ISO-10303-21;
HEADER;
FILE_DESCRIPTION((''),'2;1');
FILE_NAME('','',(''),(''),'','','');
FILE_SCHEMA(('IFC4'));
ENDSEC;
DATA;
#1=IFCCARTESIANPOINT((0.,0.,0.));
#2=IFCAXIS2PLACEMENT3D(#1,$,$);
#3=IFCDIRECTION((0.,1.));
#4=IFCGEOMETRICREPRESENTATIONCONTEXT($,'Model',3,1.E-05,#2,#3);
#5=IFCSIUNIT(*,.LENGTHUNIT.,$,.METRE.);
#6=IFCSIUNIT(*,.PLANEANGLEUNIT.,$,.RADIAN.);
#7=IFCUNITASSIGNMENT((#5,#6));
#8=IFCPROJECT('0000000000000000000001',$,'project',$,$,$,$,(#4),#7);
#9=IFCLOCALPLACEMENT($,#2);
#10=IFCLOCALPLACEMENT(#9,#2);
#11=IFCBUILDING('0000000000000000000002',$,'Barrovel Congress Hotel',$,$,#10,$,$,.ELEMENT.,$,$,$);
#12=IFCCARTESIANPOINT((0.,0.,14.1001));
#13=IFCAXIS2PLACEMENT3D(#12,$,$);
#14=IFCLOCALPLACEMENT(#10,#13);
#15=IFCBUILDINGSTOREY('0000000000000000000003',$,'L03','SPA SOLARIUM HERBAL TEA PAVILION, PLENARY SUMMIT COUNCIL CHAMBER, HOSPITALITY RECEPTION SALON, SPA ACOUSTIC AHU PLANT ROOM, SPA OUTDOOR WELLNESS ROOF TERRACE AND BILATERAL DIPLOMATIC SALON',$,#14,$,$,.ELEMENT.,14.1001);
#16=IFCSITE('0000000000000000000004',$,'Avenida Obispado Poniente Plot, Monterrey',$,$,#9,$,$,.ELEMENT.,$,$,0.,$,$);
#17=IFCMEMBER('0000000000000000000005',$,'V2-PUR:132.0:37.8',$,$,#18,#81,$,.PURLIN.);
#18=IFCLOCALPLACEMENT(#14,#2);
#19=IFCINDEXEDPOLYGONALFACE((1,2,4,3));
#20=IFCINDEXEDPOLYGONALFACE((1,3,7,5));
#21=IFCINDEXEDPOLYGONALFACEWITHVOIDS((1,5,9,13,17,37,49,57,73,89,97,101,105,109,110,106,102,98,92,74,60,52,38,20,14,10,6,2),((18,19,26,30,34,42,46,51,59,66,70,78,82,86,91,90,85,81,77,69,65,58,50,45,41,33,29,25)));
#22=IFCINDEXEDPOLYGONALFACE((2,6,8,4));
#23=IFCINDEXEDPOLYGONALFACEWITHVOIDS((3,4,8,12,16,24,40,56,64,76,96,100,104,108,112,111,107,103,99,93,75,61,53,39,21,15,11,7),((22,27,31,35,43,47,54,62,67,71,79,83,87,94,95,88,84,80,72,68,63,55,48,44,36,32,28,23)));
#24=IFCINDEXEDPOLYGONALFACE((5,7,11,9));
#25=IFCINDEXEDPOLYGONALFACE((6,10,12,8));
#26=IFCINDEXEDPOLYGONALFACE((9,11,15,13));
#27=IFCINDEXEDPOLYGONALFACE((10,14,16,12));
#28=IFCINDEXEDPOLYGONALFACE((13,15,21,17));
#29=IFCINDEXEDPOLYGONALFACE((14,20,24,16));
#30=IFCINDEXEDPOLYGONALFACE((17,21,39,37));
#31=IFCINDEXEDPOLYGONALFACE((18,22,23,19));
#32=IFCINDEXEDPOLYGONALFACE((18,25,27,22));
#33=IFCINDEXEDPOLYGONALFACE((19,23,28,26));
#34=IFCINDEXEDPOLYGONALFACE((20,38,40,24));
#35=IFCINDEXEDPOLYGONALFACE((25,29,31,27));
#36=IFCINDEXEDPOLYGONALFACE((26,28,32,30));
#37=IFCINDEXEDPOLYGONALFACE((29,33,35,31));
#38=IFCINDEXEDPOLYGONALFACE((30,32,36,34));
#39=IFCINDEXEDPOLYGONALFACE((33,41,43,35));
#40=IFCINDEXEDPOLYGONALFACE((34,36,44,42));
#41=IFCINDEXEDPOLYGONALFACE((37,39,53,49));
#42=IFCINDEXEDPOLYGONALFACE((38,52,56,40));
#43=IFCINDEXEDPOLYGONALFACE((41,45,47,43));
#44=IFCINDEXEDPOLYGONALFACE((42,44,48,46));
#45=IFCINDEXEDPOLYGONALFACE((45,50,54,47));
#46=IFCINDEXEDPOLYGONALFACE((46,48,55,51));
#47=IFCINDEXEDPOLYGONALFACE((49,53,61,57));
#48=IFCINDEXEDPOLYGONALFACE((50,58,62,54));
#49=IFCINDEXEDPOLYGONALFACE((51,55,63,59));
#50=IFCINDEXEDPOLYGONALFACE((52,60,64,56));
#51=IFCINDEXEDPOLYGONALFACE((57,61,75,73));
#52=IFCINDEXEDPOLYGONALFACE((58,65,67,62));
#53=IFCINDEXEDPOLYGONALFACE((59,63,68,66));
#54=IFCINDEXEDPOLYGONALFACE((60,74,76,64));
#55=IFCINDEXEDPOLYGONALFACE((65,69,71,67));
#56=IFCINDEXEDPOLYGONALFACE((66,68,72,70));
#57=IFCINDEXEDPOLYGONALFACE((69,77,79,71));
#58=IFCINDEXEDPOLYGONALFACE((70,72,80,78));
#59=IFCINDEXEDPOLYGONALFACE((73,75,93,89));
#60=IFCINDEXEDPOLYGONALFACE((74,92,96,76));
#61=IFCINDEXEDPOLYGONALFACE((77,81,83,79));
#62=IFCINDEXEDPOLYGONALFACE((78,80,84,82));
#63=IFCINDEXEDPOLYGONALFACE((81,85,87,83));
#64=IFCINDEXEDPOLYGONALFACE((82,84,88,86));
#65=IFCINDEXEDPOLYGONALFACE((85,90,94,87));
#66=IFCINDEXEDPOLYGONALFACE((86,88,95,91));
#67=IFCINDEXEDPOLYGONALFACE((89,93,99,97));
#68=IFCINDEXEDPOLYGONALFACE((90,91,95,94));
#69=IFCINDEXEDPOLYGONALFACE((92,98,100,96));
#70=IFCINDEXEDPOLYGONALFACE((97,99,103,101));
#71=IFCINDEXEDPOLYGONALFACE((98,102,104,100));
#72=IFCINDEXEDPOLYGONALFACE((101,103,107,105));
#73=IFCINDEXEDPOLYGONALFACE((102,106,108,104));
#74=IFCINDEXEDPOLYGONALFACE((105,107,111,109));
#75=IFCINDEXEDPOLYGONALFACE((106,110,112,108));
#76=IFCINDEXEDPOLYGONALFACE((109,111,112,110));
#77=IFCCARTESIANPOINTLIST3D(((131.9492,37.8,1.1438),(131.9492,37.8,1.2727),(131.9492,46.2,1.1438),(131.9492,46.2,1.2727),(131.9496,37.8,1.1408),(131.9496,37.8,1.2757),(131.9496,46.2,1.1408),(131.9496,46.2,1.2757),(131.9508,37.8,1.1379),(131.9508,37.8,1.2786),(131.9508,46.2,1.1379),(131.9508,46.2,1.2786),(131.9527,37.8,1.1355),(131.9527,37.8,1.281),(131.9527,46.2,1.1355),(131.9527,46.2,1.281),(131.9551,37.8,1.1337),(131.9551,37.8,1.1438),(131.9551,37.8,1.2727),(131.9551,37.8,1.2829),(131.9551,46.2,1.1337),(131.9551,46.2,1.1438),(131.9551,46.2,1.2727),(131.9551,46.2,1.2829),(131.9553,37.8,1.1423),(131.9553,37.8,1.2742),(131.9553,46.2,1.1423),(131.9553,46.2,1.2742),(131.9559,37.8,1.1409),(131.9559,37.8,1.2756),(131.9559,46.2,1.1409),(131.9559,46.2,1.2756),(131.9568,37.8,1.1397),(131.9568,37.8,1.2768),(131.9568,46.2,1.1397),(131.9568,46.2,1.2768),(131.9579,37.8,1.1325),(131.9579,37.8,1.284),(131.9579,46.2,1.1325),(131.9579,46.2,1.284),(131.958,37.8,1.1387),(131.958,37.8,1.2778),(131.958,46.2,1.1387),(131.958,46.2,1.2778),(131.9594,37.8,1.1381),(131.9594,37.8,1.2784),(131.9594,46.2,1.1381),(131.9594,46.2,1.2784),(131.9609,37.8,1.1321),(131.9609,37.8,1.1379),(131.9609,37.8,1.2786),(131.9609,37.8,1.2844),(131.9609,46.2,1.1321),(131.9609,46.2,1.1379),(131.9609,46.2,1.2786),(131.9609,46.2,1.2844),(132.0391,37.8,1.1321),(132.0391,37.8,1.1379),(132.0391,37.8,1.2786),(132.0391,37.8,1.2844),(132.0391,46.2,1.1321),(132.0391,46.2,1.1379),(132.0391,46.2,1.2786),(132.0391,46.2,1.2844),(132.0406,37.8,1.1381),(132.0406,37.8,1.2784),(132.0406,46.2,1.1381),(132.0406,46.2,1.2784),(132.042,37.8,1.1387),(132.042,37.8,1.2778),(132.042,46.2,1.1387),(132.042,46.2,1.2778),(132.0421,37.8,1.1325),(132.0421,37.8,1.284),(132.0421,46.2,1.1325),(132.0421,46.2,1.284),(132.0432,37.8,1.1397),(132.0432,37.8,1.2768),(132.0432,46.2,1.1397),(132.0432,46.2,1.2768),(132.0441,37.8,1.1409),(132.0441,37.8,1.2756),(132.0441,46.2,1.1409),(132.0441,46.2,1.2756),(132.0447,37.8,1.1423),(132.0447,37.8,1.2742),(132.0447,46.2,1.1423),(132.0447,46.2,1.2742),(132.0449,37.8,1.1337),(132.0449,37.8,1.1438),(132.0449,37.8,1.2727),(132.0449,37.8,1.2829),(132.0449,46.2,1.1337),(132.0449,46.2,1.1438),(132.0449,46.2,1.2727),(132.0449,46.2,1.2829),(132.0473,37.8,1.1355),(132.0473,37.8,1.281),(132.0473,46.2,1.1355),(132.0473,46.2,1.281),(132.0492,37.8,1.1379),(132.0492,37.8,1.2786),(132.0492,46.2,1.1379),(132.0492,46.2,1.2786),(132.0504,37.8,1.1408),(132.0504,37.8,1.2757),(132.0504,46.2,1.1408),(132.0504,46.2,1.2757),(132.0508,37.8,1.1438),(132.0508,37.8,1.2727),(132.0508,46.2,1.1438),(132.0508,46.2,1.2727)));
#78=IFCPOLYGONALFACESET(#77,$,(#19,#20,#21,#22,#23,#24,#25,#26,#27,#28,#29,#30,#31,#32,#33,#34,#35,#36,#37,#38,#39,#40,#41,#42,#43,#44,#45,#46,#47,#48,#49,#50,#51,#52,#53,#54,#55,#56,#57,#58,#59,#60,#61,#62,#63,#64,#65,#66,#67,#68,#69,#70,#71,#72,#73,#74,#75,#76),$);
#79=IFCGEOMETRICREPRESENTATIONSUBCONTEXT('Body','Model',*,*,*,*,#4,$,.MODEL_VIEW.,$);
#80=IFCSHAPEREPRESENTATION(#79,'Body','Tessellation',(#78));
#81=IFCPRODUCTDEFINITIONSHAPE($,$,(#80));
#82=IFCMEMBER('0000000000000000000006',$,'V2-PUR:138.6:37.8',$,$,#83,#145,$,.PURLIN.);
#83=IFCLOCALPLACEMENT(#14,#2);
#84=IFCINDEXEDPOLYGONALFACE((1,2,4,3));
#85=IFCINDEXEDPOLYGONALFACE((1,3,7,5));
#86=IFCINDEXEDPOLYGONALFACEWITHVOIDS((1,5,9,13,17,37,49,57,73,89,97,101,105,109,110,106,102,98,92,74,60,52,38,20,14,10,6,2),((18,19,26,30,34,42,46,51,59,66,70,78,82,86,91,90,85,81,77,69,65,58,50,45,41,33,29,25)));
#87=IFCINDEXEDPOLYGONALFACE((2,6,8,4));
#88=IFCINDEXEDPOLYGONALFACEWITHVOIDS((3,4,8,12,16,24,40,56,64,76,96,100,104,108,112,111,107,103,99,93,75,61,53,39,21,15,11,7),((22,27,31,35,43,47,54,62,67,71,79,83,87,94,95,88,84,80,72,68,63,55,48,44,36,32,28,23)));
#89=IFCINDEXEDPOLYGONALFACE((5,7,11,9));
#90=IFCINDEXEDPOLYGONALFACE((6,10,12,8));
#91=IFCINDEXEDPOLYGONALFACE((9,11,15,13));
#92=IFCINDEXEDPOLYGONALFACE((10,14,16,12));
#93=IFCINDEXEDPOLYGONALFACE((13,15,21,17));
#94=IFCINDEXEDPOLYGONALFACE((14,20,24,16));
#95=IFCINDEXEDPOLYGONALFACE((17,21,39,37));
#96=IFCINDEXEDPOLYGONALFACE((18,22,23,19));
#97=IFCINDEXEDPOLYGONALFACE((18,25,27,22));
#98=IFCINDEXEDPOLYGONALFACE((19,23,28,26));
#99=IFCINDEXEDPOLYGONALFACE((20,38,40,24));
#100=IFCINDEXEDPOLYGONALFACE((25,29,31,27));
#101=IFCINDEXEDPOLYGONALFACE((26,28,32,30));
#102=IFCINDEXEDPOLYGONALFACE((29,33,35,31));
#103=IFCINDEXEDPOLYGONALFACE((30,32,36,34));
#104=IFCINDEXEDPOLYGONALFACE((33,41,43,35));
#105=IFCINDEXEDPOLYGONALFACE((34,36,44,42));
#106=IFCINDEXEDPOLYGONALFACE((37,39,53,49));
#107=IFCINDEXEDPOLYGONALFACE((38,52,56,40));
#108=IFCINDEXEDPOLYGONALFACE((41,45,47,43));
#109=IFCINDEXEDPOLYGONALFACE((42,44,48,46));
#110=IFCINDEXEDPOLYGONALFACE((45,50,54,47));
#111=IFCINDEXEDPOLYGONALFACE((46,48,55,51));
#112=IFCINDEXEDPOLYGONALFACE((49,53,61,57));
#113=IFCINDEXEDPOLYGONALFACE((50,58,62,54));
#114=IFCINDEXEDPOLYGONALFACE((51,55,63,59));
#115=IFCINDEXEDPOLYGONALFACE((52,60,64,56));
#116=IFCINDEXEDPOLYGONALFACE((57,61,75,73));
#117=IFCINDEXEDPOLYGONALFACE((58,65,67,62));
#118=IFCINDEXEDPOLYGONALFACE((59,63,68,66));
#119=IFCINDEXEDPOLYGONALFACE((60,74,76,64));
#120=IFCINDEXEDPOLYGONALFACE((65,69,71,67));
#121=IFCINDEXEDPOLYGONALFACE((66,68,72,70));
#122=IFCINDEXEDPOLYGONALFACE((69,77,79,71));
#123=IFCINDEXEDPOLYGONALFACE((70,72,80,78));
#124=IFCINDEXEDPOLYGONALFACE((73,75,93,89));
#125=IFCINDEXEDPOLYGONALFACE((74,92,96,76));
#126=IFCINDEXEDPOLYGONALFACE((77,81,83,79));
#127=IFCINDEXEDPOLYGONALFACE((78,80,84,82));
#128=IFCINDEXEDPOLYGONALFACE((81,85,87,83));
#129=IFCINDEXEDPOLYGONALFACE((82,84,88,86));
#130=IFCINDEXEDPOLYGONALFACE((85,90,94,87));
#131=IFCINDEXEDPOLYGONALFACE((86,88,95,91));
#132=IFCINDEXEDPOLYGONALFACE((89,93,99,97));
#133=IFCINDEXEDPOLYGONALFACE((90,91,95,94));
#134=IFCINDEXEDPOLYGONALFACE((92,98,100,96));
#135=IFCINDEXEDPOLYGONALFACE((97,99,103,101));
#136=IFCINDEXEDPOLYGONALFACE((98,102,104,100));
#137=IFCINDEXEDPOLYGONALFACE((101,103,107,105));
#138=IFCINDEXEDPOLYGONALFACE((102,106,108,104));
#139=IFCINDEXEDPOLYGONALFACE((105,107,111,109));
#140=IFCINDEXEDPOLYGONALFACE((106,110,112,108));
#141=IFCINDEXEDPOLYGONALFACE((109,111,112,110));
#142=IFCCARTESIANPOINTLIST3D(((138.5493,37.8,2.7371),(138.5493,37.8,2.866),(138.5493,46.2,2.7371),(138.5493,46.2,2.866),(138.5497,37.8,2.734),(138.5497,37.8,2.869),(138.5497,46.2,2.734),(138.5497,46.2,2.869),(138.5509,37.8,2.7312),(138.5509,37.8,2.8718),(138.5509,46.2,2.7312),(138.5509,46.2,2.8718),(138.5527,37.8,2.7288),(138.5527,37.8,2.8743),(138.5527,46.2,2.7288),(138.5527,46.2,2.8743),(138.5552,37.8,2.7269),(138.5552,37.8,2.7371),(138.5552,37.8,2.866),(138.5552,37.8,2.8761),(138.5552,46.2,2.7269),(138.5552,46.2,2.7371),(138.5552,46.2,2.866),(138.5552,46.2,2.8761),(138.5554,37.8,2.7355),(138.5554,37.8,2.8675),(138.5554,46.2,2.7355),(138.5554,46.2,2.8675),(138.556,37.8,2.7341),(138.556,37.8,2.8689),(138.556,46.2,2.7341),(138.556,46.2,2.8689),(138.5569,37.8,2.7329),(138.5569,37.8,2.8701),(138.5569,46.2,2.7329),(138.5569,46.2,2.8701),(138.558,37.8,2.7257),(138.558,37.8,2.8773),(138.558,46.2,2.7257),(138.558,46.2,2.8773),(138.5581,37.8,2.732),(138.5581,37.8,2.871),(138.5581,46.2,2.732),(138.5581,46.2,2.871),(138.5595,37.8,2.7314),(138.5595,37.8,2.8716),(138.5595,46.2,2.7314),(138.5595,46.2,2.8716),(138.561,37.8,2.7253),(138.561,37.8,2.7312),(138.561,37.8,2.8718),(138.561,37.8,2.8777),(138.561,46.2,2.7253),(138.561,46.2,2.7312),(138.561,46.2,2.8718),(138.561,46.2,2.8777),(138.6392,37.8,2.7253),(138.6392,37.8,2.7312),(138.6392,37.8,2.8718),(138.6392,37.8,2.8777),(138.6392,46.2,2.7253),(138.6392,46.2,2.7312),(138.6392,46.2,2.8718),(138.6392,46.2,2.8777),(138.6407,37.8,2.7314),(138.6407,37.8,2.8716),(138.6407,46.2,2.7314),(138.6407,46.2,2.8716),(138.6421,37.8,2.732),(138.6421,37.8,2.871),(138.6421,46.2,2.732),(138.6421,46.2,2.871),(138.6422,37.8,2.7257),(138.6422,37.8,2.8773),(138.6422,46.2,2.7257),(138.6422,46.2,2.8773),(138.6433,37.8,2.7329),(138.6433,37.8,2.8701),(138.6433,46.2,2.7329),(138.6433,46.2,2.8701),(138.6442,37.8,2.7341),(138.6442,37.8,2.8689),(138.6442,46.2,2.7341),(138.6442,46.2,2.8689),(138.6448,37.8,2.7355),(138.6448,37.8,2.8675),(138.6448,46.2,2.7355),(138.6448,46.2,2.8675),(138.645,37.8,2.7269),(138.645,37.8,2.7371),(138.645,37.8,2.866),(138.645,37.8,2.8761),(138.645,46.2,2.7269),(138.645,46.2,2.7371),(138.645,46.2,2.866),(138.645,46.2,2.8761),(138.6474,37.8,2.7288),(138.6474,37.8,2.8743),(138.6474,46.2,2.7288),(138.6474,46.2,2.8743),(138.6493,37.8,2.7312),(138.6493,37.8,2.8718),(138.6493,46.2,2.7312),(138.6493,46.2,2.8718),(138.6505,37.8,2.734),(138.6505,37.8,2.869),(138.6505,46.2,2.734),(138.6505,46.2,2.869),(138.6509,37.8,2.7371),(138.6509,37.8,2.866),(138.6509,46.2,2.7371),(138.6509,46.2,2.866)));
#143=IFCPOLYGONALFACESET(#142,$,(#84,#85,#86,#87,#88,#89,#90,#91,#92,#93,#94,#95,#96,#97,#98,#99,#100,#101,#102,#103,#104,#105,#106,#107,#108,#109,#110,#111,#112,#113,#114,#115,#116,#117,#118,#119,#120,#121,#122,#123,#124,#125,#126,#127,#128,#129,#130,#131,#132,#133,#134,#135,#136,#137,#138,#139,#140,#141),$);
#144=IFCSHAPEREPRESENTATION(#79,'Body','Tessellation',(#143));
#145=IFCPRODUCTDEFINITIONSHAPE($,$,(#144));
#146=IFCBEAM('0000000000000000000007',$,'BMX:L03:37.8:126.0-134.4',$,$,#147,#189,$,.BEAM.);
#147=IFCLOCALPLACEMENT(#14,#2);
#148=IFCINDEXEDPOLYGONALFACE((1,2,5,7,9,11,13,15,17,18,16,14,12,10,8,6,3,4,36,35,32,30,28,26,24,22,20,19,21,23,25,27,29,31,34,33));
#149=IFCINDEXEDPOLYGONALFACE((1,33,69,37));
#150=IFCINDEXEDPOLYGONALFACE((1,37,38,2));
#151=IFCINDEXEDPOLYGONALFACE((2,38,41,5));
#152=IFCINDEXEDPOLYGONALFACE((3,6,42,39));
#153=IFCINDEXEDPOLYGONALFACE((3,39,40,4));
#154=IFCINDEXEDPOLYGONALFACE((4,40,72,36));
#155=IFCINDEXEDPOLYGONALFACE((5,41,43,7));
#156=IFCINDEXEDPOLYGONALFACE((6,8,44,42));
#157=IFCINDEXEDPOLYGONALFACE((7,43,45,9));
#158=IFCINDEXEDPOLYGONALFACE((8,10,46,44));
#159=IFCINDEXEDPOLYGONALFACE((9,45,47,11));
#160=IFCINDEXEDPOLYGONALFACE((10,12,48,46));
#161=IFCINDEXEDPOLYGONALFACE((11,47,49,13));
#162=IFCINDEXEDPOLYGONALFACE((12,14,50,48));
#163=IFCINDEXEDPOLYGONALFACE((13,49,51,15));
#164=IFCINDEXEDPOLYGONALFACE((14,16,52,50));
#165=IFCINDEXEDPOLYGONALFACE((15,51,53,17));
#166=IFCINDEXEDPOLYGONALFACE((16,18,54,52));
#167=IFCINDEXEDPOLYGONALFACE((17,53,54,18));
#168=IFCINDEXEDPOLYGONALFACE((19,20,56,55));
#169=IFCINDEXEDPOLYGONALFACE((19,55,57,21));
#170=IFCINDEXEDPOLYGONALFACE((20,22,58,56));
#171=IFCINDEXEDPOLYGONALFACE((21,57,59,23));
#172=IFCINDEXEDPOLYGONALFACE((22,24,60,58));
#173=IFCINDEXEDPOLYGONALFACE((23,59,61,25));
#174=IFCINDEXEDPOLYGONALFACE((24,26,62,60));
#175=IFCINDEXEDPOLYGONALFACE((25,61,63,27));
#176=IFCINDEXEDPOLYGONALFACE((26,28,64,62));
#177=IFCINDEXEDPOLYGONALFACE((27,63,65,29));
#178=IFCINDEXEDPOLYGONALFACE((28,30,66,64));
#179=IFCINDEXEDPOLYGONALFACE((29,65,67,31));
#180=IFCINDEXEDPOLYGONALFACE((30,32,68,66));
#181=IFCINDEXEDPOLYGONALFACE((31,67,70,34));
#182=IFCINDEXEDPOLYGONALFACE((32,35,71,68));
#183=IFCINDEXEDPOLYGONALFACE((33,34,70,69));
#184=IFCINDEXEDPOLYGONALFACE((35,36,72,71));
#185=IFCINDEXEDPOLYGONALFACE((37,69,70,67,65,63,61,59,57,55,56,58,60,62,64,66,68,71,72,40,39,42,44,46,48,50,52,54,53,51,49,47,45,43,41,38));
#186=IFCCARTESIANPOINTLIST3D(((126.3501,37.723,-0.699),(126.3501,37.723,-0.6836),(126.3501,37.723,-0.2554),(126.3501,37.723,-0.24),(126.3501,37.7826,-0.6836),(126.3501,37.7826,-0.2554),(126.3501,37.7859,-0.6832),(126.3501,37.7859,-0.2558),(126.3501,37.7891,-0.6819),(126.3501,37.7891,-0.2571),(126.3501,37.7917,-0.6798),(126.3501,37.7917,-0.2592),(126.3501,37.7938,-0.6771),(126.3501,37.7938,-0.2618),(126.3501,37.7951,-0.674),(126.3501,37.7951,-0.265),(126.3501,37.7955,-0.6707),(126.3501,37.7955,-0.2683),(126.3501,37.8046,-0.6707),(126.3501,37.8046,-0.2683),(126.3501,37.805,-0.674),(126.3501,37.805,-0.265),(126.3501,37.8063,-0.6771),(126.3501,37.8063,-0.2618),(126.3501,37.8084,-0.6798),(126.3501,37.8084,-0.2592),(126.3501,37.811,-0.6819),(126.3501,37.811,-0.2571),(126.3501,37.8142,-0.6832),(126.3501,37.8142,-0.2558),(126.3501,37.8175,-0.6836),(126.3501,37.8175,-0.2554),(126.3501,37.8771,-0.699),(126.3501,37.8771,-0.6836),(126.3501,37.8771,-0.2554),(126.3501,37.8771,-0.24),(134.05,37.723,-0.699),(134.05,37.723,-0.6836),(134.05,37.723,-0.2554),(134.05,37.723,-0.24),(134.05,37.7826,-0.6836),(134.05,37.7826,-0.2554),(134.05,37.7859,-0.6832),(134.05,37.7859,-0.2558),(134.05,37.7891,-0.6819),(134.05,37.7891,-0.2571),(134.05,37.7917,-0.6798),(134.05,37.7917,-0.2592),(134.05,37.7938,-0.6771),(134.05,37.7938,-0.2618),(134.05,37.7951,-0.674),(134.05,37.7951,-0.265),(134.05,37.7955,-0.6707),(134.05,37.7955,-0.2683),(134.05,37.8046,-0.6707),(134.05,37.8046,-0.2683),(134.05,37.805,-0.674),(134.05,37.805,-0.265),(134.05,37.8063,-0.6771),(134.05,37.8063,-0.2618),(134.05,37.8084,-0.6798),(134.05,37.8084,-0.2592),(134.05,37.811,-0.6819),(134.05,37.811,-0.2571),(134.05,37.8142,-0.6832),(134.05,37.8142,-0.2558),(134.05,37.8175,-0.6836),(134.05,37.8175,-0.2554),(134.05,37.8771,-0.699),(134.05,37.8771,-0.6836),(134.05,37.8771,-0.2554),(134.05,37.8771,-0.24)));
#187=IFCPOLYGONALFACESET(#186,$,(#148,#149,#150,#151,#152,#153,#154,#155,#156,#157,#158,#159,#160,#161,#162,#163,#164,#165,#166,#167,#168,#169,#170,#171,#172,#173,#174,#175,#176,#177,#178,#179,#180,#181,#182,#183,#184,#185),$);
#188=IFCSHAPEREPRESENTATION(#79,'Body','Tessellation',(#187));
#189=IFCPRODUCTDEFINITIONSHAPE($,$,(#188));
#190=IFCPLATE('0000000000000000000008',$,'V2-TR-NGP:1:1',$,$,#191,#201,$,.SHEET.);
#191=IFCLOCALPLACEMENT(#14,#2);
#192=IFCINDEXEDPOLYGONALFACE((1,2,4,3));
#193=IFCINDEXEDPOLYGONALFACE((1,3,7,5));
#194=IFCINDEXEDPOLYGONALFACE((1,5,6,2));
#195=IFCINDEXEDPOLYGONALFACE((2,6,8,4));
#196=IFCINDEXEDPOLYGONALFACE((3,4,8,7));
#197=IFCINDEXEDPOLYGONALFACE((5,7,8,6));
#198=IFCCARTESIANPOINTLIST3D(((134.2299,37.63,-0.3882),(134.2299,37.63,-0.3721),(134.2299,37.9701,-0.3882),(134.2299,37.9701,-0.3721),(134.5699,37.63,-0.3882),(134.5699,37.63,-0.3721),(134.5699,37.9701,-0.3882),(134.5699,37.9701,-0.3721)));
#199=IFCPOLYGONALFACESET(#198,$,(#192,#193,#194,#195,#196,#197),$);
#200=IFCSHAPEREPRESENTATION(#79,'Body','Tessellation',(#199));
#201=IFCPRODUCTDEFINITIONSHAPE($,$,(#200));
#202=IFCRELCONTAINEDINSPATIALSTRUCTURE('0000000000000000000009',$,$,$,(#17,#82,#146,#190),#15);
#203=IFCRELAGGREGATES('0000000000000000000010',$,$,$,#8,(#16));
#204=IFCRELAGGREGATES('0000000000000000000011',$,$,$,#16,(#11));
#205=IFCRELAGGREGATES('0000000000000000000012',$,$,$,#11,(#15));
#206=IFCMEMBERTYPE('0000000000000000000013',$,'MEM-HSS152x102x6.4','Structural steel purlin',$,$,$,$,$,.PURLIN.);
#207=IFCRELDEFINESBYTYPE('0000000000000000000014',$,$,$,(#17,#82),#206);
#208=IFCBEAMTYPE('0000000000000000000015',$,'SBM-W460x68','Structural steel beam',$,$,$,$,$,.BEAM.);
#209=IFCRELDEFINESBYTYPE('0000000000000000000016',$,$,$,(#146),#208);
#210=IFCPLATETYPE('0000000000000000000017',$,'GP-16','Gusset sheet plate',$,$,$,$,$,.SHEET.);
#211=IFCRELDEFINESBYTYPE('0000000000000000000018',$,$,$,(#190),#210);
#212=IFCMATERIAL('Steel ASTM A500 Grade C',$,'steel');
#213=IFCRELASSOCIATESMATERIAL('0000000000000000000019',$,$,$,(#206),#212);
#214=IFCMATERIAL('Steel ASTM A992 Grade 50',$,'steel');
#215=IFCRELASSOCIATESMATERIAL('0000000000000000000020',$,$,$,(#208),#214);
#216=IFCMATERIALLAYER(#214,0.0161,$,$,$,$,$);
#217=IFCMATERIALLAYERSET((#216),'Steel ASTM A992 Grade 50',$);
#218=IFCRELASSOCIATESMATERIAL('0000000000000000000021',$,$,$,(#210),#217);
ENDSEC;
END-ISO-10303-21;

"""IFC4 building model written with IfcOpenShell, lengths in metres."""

from ifc_helpers import new_model, si_unit, direction, frame, origin, origin_2d, place, context, subcontext, project, spatial, rectangle, hollow_rectangle, i_section, extrude, material, layer, layer_set, material_profile, profile_set, type_object, element, save


model = new_model("IFC4")

# Units and contexts
model_context = context("Model", 3, precision=1e-05, world=origin(), true_north=direction((0.0, 1.0)))
body_context = subcontext(model_context, "Body", "Model", "MODEL_VIEW")
ifc_project = project(units=[si_unit("LENGTHUNIT", "METRE"), si_unit("PLANEANGLEUNIT", "RADIAN")], contexts=[model_context])

# Site, building, storey
site_placement = place(None, origin())
site = spatial("IfcSite", under=ifc_project, at=site_placement, Name="Avenida Obispado Poniente Plot, Monterrey", CompositionType="ELEMENT", RefElevation=0.0)
building_placement = place(site_placement, origin())
building = spatial("IfcBuilding", under=site, at=building_placement, Name="Barrovel Congress Hotel", CompositionType="ELEMENT")
storey_placement = place(building_placement, frame((0.0, 0.0, 14.1001)))
storey = spatial("IfcBuildingStorey", under=building, at=storey_placement, Name="L03", Description="SPA SOLARIUM HERBAL TEA PAVILION, PLENARY SUMMIT COUNCIL CHAMBER, HOSPITALITY RECEPTION SALON, SPA ACOUSTIC AHU PLANT ROOM, SPA OUTDOOR WELLNESS ROOF TERRACE AND BILATERAL DIPLOMATIC SALON", CompositionType="ELEMENT", Elevation=14.1001)

# Members
ifc_material_1 = material(Name="Steel ASTM A500 Grade C", Category="steel")
ifc_material_profile_1 = material_profile(ifc_material_1, hollow_rectangle(XDim=0.1016, YDim=0.1523, WallThickness=0.0059, InnerFilletRadius=0.0059, OuterFilletRadius=0.0117, at=origin_2d()), Name="HSS152x102x6.4")
ifc_profile_set_1 = profile_set([ifc_material_profile_1], Name="Steel ASTM A500 Grade C")
member_type_1 = type_object("IfcMemberType", Name="MEM-HSS152x102x6.4", Description="Structural steel purlin", PredefinedType="PURLIN", material=ifc_profile_set_1)
for number, where, z_axis, x_axis, name in (
    (1, (132.0, 37.8, 1.2083), (0.0, 1.0, 0.0), (-1.0, 0.0, 0.0), "V2-PUR:132.0:37.8"),
    (2, (138.6001, 37.8, 2.8015), (0.0, 1.0, 0.0), (-1.0, 0.0, 0.0), "V2-PUR:138.6:37.8"),
):
    element("IfcMember", number, at=place(storey_placement, frame(where, z_axis=z_axis, x_axis=x_axis)), inside=storey, type_object=member_type_1, Name=name, PredefinedType="PURLIN", context=body_context, shape_type="SweptSolid", body=[
        extrude(hollow_rectangle(XDim=0.1016, YDim=0.1523, WallThickness=0.0059, InnerFilletRadius=0.0059, OuterFilletRadius=0.0117, at=origin_2d()), origin(), (0.0, 0.0, 1.0), 8.3999),
    ])

# Beam
ifc_material_2 = material(Name="Steel ASTM A992 Grade 50", Category="steel")
ifc_material_profile_2 = material_profile(ifc_material_2, i_section(OverallWidth=0.1541, OverallDepth=0.459, WebThickness=0.009, FlangeThickness=0.0154, FilletRadius=0.0129, at=origin_2d()), Name="W460x68")
ifc_profile_set_2 = profile_set([ifc_material_profile_2], Name="Steel ASTM A992 Grade 50")
beam_type_1 = type_object("IfcBeamType", Name="SBM-W460x68", Description="Structural steel beam", PredefinedType="BEAM", material=ifc_profile_set_2)
beam_1_placement = place(storey_placement, frame((126.3501, 37.8, -0.4695), z_axis=(1.0, 0.0, 0.0), x_axis=(0.0, 1.0, 0.0)))
element("IfcBeam", 3, at=beam_1_placement, inside=storey, type_object=beam_type_1, Name="BMX:L03:37.8:126.0-134.4", PredefinedType="BEAM", context=body_context, shape_type="SweptSolid", body=[
    extrude(i_section(OverallWidth=0.1541, OverallDepth=0.459, WebThickness=0.009, FlangeThickness=0.0154, FilletRadius=0.0129, at=origin_2d()), origin(), (0.0, 0.0, 1.0), 7.7),
])

# Plate
ifc_layer_1 = layer(ifc_material_2, 0.0161)
ifc_layer_set_1 = layer_set([ifc_layer_1], Name="Steel ASTM A992 Grade 50")
plate_type = type_object("IfcPlateType", Name="GP-16", Description="Gusset sheet plate", PredefinedType="SHEET", material=ifc_layer_set_1)
plate_placement = place(storey_placement, frame((134.3999, 37.8, -0.3882), z_axis=(0.0, 0.0, 1.0), x_axis=(1.0, 0.0, 0.0)))
element("IfcPlate", 4, at=plate_placement, inside=storey, type_object=plate_type, Name="V2-TR-NGP:1:1", PredefinedType="SHEET", context=body_context, shape_type="SweptSolid", body=[
    extrude(rectangle(XDim=0.3401, YDim=0.3401, at=origin_2d()), origin(), (0.0, 0.0, 1.0), 0.0161),
])

save(model, "model.ifc")
